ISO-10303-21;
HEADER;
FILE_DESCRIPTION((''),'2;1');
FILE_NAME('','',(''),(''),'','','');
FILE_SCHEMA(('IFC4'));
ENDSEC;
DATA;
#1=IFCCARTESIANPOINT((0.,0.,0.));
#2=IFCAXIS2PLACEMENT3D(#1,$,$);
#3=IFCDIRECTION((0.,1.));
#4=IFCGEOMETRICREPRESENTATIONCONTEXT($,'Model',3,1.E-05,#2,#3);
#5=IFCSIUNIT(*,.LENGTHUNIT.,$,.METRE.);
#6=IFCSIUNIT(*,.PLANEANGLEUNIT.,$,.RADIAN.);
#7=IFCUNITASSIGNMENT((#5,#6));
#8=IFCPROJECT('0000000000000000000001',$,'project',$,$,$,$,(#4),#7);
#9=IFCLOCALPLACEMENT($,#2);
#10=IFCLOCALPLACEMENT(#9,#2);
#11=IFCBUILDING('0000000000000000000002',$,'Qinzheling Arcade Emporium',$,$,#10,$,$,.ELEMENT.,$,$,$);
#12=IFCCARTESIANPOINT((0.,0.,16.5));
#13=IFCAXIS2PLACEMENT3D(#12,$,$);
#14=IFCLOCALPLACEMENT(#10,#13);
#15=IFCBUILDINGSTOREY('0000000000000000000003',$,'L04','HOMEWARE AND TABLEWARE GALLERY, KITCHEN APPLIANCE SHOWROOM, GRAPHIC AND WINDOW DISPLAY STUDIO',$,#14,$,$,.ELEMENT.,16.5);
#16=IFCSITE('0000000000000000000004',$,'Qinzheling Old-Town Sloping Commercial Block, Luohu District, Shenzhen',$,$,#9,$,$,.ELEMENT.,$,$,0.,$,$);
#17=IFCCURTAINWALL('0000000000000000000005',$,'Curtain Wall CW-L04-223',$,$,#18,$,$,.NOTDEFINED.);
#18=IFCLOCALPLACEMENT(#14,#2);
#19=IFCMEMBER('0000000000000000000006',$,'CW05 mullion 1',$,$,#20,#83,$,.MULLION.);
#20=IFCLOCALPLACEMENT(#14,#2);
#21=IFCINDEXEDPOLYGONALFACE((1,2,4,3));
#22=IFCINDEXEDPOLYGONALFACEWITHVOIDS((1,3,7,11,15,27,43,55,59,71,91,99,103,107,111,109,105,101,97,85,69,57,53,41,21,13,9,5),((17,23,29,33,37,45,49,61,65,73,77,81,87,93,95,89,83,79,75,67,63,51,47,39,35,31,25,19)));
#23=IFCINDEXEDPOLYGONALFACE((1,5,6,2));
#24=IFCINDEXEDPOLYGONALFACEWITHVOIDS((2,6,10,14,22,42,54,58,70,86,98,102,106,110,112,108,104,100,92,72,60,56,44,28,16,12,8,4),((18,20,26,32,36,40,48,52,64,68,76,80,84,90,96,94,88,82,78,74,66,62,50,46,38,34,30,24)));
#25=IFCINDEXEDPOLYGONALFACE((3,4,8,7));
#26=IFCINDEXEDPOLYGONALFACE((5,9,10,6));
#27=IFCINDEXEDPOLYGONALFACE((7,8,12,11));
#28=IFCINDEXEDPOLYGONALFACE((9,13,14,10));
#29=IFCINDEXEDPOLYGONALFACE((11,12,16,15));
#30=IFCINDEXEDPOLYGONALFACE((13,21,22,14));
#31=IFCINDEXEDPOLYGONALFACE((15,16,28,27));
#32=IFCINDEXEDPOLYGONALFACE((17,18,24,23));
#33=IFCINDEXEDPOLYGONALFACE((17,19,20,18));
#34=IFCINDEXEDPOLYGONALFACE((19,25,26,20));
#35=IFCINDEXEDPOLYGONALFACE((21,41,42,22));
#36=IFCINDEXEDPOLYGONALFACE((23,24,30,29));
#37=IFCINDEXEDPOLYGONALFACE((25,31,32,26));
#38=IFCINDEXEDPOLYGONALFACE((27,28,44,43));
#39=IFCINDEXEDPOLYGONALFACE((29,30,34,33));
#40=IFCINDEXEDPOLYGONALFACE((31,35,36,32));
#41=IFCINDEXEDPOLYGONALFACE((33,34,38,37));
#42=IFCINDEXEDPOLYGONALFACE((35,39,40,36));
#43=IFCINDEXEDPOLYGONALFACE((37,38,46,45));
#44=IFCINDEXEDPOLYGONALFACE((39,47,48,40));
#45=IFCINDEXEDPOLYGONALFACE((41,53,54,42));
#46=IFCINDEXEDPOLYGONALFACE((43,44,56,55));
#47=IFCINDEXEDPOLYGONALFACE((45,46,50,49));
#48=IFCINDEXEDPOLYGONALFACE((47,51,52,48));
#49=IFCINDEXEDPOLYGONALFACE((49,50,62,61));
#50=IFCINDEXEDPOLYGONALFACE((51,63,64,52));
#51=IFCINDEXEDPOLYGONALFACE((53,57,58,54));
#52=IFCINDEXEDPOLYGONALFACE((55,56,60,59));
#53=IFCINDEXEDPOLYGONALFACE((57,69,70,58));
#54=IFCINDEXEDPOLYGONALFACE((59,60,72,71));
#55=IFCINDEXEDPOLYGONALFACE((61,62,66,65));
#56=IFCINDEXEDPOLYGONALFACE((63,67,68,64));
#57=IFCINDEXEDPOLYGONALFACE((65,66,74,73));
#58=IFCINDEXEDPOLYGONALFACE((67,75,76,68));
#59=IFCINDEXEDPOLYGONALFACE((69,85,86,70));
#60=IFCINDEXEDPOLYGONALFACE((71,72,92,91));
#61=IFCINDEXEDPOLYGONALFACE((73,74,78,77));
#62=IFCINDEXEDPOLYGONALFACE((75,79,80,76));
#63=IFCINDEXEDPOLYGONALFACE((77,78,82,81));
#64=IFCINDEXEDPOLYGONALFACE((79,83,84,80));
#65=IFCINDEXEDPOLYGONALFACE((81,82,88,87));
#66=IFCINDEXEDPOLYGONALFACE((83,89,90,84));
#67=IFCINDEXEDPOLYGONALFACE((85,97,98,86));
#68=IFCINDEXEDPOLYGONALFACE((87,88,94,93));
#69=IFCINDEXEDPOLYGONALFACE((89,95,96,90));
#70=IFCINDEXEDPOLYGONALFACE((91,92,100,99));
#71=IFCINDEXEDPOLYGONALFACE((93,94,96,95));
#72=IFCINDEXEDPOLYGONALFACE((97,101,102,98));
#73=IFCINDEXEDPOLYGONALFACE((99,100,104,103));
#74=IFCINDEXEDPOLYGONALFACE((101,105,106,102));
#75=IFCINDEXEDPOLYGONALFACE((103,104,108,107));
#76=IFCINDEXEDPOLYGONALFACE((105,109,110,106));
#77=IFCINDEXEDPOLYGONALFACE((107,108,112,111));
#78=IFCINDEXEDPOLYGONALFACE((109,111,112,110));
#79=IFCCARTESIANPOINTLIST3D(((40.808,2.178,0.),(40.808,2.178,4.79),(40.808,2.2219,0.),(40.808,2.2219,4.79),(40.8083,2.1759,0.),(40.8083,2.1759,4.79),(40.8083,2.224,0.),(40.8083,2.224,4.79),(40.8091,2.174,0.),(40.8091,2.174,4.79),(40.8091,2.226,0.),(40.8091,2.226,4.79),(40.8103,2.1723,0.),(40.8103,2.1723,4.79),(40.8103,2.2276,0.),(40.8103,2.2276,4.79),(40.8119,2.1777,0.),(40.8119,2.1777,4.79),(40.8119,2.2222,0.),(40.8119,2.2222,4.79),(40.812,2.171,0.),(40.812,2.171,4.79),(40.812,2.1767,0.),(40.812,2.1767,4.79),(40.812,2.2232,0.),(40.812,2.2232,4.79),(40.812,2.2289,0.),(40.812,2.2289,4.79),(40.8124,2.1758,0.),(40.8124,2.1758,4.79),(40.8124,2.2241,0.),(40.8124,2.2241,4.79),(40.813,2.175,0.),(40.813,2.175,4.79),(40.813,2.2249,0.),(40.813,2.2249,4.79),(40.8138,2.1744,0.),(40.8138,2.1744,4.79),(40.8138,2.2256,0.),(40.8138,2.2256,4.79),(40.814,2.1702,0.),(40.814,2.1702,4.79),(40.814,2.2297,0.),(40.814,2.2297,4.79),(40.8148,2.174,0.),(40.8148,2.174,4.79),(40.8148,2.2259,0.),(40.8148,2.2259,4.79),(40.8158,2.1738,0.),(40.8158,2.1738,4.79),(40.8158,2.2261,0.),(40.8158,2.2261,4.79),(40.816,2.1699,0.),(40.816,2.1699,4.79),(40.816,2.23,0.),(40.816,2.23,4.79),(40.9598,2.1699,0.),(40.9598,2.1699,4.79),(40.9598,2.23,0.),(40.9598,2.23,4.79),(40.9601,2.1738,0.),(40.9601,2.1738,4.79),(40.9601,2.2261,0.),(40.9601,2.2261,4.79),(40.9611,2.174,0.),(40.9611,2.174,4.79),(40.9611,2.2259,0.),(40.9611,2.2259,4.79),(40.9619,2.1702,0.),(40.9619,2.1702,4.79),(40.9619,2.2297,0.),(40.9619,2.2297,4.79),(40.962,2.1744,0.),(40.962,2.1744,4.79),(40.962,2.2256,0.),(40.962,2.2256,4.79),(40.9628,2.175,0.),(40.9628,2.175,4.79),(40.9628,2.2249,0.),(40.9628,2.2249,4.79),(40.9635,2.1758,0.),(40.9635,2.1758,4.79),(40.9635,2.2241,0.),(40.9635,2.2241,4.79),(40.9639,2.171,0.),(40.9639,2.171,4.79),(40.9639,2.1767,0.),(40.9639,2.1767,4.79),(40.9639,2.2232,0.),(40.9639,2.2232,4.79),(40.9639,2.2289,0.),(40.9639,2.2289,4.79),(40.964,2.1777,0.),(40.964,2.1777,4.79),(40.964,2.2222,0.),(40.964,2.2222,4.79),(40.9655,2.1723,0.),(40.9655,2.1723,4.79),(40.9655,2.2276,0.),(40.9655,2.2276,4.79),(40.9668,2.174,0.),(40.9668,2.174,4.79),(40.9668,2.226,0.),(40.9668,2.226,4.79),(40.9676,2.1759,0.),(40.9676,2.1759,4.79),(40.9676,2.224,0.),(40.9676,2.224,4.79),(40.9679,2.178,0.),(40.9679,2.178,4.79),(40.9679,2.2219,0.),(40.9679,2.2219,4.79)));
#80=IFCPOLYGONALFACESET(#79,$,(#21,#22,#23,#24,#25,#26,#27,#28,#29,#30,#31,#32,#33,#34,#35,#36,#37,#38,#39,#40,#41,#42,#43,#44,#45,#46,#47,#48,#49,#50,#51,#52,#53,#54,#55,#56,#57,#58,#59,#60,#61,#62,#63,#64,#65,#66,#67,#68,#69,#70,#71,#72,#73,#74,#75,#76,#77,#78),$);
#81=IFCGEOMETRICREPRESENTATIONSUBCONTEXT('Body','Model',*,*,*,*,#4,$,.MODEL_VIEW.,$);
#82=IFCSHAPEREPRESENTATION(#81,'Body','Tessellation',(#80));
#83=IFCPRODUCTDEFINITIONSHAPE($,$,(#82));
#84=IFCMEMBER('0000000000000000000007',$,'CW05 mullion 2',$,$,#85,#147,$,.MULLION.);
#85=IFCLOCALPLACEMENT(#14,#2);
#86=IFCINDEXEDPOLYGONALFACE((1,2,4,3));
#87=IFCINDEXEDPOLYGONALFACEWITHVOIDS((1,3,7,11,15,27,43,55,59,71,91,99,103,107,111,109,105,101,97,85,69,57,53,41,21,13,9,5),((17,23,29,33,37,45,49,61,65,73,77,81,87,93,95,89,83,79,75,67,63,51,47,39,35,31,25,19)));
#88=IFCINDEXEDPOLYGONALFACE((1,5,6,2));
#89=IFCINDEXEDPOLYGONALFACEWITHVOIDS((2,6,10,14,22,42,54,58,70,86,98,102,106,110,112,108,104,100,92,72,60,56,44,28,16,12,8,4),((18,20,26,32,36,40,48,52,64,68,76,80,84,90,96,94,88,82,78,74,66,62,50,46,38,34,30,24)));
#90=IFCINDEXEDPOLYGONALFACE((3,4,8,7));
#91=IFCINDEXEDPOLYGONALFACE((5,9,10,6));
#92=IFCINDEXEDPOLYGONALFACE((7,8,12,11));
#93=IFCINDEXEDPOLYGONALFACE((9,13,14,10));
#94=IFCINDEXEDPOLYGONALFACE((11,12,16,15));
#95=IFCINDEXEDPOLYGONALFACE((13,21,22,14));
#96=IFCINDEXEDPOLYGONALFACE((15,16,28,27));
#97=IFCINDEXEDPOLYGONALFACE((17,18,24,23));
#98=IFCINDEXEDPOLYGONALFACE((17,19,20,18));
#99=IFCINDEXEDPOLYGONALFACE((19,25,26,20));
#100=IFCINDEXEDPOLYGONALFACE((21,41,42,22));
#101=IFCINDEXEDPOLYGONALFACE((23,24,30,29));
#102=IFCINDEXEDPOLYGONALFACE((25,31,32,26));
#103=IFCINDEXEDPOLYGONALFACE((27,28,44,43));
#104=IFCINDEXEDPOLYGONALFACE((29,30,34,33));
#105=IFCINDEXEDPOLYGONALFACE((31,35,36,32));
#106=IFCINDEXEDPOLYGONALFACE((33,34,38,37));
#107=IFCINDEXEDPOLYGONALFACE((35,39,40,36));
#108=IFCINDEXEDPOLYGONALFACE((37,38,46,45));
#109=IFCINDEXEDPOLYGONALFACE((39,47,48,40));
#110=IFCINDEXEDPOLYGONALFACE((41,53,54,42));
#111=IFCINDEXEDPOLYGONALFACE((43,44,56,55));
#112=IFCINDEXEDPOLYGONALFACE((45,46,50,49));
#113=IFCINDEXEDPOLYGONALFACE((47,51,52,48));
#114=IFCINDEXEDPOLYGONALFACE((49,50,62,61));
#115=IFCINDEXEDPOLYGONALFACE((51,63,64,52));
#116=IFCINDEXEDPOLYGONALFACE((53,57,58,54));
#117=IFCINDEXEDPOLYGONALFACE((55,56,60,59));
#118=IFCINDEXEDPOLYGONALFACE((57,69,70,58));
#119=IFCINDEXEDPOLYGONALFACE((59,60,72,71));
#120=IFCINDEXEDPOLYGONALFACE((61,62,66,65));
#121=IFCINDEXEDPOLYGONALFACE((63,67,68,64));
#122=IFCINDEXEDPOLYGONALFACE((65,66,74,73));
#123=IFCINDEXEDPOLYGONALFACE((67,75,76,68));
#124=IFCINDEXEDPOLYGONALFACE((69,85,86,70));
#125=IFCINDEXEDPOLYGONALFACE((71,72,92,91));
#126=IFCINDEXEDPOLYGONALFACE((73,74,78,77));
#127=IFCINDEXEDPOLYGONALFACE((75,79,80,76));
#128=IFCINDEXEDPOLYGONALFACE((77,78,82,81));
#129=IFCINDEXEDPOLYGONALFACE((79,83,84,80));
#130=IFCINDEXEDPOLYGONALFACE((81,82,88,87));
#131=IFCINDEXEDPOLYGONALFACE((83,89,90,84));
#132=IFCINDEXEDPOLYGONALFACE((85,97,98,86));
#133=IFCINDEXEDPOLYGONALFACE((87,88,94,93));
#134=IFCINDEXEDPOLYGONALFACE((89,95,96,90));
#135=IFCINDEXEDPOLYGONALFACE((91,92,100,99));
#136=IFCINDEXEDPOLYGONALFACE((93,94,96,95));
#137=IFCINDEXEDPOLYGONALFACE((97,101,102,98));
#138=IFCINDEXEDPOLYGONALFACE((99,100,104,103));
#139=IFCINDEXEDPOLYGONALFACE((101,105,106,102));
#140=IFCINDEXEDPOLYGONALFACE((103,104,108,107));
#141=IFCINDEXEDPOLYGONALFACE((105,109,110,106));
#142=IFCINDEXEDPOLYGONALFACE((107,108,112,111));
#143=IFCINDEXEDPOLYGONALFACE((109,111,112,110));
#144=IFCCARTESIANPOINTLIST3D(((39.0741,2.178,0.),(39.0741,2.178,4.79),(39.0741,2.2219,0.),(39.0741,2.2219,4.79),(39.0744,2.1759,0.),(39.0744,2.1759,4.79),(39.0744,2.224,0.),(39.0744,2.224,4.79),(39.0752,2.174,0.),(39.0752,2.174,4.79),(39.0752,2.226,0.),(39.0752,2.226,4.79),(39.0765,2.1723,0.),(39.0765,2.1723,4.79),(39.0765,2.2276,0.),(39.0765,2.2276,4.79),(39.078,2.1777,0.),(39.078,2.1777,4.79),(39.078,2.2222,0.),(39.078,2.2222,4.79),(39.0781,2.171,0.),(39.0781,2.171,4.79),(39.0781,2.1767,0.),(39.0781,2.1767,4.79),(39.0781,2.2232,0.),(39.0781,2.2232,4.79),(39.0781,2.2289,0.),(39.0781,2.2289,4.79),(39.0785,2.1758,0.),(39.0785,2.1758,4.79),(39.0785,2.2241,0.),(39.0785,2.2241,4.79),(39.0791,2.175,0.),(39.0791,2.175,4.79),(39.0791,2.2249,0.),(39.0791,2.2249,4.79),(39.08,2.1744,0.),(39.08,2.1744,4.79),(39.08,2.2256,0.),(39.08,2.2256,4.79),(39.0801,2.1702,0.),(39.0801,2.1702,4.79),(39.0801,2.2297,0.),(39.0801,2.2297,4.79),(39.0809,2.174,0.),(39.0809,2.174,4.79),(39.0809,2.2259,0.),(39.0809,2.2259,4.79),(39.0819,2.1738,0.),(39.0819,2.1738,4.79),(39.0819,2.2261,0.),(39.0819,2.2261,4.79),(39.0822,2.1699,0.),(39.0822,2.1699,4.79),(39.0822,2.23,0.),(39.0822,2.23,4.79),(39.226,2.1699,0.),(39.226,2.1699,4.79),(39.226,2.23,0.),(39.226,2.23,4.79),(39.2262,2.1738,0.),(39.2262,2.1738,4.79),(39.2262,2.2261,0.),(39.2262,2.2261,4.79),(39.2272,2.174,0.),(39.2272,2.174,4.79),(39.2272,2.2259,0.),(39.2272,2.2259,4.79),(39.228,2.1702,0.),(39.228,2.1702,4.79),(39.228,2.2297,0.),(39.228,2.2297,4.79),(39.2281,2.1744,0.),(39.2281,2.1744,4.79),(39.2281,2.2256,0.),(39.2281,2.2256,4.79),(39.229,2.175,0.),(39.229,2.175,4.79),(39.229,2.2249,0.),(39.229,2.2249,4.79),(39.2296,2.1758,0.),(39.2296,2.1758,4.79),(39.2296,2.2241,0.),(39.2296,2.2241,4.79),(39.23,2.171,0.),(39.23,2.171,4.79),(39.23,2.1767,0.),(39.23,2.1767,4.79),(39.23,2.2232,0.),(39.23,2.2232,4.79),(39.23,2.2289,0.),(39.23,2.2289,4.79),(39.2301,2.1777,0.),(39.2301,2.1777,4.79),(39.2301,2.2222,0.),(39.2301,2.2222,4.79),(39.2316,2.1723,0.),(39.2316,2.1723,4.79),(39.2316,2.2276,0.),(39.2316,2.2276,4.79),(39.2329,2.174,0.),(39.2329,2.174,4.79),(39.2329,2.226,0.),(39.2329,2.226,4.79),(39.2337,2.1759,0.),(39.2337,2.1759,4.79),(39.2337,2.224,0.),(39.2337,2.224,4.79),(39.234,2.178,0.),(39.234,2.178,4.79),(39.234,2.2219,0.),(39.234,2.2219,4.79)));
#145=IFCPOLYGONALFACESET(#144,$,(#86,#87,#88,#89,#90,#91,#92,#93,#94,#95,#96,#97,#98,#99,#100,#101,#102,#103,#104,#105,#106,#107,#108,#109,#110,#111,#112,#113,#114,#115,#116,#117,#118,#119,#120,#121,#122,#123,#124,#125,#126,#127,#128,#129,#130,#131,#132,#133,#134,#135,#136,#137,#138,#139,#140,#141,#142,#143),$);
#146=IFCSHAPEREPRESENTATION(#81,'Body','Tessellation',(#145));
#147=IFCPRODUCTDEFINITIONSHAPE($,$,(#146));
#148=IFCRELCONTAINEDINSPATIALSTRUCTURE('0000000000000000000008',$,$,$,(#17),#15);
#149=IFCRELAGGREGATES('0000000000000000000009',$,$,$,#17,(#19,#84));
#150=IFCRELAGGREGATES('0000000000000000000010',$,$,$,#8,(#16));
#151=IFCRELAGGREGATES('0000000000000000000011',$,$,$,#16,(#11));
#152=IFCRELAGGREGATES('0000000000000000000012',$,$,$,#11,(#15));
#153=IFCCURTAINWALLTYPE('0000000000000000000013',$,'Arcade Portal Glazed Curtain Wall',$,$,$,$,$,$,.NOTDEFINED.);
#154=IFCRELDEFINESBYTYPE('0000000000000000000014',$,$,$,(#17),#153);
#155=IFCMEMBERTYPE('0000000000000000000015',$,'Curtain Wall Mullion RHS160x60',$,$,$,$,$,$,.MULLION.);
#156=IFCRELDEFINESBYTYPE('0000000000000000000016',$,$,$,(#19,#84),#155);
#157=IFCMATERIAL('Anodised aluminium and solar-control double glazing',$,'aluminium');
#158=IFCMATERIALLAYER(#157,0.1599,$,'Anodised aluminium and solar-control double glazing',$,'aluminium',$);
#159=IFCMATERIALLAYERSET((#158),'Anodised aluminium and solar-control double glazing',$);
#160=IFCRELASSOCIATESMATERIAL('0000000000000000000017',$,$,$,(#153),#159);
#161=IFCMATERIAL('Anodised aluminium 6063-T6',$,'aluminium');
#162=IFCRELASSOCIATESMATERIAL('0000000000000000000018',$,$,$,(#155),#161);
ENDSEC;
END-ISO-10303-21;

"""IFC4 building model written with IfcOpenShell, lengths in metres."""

from ifc_helpers import new_model, si_unit, direction, frame, origin, origin_2d, place, context, subcontext, project, spatial, hollow_rectangle, extrude, material, layer, layer_set, material_profile, profile_set, type_object, element, aggregate, save


model = new_model("IFC4")

# Units and contexts
model_context = context("Model", 3, precision=1e-05, world=origin(), true_north=direction((0.0, 1.0)))
body_context = subcontext(model_context, "Body", "Model", "MODEL_VIEW")
ifc_project = project(units=[si_unit("LENGTHUNIT", "METRE"), si_unit("PLANEANGLEUNIT", "RADIAN")], contexts=[model_context])

# Site, building, storey
site_placement = place(None, origin())
site = spatial("IfcSite", under=ifc_project, at=site_placement, Name="Qinzheling Old-Town Sloping Commercial Block, Luohu District, Shenzhen", CompositionType="ELEMENT", RefElevation=0.0)
building_placement = place(site_placement, origin())
building = spatial("IfcBuilding", under=site, at=building_placement, Name="Qinzheling Arcade Emporium", CompositionType="ELEMENT")
storey_placement = place(building_placement, frame((0.0, 0.0, 16.5)))
storey = spatial("IfcBuildingStorey", under=building, at=storey_placement, Name="L04", Description="HOMEWARE AND TABLEWARE GALLERY, KITCHEN APPLIANCE SHOWROOM, GRAPHIC AND WINDOW DISPLAY STUDIO", CompositionType="ELEMENT", Elevation=16.5)

# Curtain wall, members
ifc_material_1 = material(Name="Anodised aluminium and solar-control double glazing", Category="aluminium")
ifc_layer_1 = layer(ifc_material_1, 0.1599, Name="Anodised aluminium and solar-control double glazing", Category="aluminium")
ifc_layer_set_1 = layer_set([ifc_layer_1], Name="Anodised aluminium and solar-control double glazing")
curtain_wall_type = type_object("IfcCurtainWallType", Name="Arcade Portal Glazed Curtain Wall", PredefinedType="NOTDEFINED", material=ifc_layer_set_1)
ifc_material_2 = material(Name="Anodised aluminium 6063-T6", Category="aluminium")
ifc_material_profile_1 = material_profile(ifc_material_2, hollow_rectangle(XDim=0.0601, YDim=0.1599, WallThickness=0.0039, InnerFilletRadius=0.0039, OuterFilletRadius=0.0081, at=origin_2d()), Name="RHS 160x60x4", Category="aluminium")
ifc_profile_set_1 = profile_set([ifc_material_profile_1], Name="Anodised aluminium 6063-T6")
member_type_1 = type_object("IfcMemberType", Name="Curtain Wall Mullion RHS160x60", PredefinedType="MULLION", material=ifc_profile_set_1)
curtain_wall_1_placement = place(storey_placement, origin())
curtain_wall_1 = element("IfcCurtainWall", 1, at=curtain_wall_1_placement, inside=storey, type_object=curtain_wall_type, Name="Curtain Wall CW-L04-223", PredefinedType="NOTDEFINED")
member_1_placement = place(storey_placement, frame((40.8879, 2.2, 0.0), z_axis=(0.0, 0.0, 1.0), x_axis=(0.0, -1.0, 0.0)))
member_1 = element("IfcMember", 2, at=member_1_placement, type_object=member_type_1, Name="CW05 mullion 1", PredefinedType="MULLION", context=body_context, shape_type="SweptSolid", body=[
    extrude(hollow_rectangle(XDim=0.0601, YDim=0.1599, WallThickness=0.0039, InnerFilletRadius=0.0039, OuterFilletRadius=0.0081, at=origin_2d()), origin(), (0.0, 0.0, 1.0), 4.79),
])
member_2_placement = place(storey_placement, frame((39.1541, 2.2, 0.0), z_axis=(0.0, 0.0, 1.0), x_axis=(0.0, -1.0, 0.0)))
member_2 = element("IfcMember", 3, at=member_2_placement, type_object=member_type_1, Name="CW05 mullion 2", PredefinedType="MULLION", context=body_context, shape_type="SweptSolid", body=[
    extrude(hollow_rectangle(XDim=0.0601, YDim=0.1599, WallThickness=0.0039, InnerFilletRadius=0.0039, OuterFilletRadius=0.0081, at=origin_2d()), origin(), (0.0, 0.0, 1.0), 4.79),
])

aggregate(curtain_wall_1, [member_1, member_2])

save(model, "model.ifc")
